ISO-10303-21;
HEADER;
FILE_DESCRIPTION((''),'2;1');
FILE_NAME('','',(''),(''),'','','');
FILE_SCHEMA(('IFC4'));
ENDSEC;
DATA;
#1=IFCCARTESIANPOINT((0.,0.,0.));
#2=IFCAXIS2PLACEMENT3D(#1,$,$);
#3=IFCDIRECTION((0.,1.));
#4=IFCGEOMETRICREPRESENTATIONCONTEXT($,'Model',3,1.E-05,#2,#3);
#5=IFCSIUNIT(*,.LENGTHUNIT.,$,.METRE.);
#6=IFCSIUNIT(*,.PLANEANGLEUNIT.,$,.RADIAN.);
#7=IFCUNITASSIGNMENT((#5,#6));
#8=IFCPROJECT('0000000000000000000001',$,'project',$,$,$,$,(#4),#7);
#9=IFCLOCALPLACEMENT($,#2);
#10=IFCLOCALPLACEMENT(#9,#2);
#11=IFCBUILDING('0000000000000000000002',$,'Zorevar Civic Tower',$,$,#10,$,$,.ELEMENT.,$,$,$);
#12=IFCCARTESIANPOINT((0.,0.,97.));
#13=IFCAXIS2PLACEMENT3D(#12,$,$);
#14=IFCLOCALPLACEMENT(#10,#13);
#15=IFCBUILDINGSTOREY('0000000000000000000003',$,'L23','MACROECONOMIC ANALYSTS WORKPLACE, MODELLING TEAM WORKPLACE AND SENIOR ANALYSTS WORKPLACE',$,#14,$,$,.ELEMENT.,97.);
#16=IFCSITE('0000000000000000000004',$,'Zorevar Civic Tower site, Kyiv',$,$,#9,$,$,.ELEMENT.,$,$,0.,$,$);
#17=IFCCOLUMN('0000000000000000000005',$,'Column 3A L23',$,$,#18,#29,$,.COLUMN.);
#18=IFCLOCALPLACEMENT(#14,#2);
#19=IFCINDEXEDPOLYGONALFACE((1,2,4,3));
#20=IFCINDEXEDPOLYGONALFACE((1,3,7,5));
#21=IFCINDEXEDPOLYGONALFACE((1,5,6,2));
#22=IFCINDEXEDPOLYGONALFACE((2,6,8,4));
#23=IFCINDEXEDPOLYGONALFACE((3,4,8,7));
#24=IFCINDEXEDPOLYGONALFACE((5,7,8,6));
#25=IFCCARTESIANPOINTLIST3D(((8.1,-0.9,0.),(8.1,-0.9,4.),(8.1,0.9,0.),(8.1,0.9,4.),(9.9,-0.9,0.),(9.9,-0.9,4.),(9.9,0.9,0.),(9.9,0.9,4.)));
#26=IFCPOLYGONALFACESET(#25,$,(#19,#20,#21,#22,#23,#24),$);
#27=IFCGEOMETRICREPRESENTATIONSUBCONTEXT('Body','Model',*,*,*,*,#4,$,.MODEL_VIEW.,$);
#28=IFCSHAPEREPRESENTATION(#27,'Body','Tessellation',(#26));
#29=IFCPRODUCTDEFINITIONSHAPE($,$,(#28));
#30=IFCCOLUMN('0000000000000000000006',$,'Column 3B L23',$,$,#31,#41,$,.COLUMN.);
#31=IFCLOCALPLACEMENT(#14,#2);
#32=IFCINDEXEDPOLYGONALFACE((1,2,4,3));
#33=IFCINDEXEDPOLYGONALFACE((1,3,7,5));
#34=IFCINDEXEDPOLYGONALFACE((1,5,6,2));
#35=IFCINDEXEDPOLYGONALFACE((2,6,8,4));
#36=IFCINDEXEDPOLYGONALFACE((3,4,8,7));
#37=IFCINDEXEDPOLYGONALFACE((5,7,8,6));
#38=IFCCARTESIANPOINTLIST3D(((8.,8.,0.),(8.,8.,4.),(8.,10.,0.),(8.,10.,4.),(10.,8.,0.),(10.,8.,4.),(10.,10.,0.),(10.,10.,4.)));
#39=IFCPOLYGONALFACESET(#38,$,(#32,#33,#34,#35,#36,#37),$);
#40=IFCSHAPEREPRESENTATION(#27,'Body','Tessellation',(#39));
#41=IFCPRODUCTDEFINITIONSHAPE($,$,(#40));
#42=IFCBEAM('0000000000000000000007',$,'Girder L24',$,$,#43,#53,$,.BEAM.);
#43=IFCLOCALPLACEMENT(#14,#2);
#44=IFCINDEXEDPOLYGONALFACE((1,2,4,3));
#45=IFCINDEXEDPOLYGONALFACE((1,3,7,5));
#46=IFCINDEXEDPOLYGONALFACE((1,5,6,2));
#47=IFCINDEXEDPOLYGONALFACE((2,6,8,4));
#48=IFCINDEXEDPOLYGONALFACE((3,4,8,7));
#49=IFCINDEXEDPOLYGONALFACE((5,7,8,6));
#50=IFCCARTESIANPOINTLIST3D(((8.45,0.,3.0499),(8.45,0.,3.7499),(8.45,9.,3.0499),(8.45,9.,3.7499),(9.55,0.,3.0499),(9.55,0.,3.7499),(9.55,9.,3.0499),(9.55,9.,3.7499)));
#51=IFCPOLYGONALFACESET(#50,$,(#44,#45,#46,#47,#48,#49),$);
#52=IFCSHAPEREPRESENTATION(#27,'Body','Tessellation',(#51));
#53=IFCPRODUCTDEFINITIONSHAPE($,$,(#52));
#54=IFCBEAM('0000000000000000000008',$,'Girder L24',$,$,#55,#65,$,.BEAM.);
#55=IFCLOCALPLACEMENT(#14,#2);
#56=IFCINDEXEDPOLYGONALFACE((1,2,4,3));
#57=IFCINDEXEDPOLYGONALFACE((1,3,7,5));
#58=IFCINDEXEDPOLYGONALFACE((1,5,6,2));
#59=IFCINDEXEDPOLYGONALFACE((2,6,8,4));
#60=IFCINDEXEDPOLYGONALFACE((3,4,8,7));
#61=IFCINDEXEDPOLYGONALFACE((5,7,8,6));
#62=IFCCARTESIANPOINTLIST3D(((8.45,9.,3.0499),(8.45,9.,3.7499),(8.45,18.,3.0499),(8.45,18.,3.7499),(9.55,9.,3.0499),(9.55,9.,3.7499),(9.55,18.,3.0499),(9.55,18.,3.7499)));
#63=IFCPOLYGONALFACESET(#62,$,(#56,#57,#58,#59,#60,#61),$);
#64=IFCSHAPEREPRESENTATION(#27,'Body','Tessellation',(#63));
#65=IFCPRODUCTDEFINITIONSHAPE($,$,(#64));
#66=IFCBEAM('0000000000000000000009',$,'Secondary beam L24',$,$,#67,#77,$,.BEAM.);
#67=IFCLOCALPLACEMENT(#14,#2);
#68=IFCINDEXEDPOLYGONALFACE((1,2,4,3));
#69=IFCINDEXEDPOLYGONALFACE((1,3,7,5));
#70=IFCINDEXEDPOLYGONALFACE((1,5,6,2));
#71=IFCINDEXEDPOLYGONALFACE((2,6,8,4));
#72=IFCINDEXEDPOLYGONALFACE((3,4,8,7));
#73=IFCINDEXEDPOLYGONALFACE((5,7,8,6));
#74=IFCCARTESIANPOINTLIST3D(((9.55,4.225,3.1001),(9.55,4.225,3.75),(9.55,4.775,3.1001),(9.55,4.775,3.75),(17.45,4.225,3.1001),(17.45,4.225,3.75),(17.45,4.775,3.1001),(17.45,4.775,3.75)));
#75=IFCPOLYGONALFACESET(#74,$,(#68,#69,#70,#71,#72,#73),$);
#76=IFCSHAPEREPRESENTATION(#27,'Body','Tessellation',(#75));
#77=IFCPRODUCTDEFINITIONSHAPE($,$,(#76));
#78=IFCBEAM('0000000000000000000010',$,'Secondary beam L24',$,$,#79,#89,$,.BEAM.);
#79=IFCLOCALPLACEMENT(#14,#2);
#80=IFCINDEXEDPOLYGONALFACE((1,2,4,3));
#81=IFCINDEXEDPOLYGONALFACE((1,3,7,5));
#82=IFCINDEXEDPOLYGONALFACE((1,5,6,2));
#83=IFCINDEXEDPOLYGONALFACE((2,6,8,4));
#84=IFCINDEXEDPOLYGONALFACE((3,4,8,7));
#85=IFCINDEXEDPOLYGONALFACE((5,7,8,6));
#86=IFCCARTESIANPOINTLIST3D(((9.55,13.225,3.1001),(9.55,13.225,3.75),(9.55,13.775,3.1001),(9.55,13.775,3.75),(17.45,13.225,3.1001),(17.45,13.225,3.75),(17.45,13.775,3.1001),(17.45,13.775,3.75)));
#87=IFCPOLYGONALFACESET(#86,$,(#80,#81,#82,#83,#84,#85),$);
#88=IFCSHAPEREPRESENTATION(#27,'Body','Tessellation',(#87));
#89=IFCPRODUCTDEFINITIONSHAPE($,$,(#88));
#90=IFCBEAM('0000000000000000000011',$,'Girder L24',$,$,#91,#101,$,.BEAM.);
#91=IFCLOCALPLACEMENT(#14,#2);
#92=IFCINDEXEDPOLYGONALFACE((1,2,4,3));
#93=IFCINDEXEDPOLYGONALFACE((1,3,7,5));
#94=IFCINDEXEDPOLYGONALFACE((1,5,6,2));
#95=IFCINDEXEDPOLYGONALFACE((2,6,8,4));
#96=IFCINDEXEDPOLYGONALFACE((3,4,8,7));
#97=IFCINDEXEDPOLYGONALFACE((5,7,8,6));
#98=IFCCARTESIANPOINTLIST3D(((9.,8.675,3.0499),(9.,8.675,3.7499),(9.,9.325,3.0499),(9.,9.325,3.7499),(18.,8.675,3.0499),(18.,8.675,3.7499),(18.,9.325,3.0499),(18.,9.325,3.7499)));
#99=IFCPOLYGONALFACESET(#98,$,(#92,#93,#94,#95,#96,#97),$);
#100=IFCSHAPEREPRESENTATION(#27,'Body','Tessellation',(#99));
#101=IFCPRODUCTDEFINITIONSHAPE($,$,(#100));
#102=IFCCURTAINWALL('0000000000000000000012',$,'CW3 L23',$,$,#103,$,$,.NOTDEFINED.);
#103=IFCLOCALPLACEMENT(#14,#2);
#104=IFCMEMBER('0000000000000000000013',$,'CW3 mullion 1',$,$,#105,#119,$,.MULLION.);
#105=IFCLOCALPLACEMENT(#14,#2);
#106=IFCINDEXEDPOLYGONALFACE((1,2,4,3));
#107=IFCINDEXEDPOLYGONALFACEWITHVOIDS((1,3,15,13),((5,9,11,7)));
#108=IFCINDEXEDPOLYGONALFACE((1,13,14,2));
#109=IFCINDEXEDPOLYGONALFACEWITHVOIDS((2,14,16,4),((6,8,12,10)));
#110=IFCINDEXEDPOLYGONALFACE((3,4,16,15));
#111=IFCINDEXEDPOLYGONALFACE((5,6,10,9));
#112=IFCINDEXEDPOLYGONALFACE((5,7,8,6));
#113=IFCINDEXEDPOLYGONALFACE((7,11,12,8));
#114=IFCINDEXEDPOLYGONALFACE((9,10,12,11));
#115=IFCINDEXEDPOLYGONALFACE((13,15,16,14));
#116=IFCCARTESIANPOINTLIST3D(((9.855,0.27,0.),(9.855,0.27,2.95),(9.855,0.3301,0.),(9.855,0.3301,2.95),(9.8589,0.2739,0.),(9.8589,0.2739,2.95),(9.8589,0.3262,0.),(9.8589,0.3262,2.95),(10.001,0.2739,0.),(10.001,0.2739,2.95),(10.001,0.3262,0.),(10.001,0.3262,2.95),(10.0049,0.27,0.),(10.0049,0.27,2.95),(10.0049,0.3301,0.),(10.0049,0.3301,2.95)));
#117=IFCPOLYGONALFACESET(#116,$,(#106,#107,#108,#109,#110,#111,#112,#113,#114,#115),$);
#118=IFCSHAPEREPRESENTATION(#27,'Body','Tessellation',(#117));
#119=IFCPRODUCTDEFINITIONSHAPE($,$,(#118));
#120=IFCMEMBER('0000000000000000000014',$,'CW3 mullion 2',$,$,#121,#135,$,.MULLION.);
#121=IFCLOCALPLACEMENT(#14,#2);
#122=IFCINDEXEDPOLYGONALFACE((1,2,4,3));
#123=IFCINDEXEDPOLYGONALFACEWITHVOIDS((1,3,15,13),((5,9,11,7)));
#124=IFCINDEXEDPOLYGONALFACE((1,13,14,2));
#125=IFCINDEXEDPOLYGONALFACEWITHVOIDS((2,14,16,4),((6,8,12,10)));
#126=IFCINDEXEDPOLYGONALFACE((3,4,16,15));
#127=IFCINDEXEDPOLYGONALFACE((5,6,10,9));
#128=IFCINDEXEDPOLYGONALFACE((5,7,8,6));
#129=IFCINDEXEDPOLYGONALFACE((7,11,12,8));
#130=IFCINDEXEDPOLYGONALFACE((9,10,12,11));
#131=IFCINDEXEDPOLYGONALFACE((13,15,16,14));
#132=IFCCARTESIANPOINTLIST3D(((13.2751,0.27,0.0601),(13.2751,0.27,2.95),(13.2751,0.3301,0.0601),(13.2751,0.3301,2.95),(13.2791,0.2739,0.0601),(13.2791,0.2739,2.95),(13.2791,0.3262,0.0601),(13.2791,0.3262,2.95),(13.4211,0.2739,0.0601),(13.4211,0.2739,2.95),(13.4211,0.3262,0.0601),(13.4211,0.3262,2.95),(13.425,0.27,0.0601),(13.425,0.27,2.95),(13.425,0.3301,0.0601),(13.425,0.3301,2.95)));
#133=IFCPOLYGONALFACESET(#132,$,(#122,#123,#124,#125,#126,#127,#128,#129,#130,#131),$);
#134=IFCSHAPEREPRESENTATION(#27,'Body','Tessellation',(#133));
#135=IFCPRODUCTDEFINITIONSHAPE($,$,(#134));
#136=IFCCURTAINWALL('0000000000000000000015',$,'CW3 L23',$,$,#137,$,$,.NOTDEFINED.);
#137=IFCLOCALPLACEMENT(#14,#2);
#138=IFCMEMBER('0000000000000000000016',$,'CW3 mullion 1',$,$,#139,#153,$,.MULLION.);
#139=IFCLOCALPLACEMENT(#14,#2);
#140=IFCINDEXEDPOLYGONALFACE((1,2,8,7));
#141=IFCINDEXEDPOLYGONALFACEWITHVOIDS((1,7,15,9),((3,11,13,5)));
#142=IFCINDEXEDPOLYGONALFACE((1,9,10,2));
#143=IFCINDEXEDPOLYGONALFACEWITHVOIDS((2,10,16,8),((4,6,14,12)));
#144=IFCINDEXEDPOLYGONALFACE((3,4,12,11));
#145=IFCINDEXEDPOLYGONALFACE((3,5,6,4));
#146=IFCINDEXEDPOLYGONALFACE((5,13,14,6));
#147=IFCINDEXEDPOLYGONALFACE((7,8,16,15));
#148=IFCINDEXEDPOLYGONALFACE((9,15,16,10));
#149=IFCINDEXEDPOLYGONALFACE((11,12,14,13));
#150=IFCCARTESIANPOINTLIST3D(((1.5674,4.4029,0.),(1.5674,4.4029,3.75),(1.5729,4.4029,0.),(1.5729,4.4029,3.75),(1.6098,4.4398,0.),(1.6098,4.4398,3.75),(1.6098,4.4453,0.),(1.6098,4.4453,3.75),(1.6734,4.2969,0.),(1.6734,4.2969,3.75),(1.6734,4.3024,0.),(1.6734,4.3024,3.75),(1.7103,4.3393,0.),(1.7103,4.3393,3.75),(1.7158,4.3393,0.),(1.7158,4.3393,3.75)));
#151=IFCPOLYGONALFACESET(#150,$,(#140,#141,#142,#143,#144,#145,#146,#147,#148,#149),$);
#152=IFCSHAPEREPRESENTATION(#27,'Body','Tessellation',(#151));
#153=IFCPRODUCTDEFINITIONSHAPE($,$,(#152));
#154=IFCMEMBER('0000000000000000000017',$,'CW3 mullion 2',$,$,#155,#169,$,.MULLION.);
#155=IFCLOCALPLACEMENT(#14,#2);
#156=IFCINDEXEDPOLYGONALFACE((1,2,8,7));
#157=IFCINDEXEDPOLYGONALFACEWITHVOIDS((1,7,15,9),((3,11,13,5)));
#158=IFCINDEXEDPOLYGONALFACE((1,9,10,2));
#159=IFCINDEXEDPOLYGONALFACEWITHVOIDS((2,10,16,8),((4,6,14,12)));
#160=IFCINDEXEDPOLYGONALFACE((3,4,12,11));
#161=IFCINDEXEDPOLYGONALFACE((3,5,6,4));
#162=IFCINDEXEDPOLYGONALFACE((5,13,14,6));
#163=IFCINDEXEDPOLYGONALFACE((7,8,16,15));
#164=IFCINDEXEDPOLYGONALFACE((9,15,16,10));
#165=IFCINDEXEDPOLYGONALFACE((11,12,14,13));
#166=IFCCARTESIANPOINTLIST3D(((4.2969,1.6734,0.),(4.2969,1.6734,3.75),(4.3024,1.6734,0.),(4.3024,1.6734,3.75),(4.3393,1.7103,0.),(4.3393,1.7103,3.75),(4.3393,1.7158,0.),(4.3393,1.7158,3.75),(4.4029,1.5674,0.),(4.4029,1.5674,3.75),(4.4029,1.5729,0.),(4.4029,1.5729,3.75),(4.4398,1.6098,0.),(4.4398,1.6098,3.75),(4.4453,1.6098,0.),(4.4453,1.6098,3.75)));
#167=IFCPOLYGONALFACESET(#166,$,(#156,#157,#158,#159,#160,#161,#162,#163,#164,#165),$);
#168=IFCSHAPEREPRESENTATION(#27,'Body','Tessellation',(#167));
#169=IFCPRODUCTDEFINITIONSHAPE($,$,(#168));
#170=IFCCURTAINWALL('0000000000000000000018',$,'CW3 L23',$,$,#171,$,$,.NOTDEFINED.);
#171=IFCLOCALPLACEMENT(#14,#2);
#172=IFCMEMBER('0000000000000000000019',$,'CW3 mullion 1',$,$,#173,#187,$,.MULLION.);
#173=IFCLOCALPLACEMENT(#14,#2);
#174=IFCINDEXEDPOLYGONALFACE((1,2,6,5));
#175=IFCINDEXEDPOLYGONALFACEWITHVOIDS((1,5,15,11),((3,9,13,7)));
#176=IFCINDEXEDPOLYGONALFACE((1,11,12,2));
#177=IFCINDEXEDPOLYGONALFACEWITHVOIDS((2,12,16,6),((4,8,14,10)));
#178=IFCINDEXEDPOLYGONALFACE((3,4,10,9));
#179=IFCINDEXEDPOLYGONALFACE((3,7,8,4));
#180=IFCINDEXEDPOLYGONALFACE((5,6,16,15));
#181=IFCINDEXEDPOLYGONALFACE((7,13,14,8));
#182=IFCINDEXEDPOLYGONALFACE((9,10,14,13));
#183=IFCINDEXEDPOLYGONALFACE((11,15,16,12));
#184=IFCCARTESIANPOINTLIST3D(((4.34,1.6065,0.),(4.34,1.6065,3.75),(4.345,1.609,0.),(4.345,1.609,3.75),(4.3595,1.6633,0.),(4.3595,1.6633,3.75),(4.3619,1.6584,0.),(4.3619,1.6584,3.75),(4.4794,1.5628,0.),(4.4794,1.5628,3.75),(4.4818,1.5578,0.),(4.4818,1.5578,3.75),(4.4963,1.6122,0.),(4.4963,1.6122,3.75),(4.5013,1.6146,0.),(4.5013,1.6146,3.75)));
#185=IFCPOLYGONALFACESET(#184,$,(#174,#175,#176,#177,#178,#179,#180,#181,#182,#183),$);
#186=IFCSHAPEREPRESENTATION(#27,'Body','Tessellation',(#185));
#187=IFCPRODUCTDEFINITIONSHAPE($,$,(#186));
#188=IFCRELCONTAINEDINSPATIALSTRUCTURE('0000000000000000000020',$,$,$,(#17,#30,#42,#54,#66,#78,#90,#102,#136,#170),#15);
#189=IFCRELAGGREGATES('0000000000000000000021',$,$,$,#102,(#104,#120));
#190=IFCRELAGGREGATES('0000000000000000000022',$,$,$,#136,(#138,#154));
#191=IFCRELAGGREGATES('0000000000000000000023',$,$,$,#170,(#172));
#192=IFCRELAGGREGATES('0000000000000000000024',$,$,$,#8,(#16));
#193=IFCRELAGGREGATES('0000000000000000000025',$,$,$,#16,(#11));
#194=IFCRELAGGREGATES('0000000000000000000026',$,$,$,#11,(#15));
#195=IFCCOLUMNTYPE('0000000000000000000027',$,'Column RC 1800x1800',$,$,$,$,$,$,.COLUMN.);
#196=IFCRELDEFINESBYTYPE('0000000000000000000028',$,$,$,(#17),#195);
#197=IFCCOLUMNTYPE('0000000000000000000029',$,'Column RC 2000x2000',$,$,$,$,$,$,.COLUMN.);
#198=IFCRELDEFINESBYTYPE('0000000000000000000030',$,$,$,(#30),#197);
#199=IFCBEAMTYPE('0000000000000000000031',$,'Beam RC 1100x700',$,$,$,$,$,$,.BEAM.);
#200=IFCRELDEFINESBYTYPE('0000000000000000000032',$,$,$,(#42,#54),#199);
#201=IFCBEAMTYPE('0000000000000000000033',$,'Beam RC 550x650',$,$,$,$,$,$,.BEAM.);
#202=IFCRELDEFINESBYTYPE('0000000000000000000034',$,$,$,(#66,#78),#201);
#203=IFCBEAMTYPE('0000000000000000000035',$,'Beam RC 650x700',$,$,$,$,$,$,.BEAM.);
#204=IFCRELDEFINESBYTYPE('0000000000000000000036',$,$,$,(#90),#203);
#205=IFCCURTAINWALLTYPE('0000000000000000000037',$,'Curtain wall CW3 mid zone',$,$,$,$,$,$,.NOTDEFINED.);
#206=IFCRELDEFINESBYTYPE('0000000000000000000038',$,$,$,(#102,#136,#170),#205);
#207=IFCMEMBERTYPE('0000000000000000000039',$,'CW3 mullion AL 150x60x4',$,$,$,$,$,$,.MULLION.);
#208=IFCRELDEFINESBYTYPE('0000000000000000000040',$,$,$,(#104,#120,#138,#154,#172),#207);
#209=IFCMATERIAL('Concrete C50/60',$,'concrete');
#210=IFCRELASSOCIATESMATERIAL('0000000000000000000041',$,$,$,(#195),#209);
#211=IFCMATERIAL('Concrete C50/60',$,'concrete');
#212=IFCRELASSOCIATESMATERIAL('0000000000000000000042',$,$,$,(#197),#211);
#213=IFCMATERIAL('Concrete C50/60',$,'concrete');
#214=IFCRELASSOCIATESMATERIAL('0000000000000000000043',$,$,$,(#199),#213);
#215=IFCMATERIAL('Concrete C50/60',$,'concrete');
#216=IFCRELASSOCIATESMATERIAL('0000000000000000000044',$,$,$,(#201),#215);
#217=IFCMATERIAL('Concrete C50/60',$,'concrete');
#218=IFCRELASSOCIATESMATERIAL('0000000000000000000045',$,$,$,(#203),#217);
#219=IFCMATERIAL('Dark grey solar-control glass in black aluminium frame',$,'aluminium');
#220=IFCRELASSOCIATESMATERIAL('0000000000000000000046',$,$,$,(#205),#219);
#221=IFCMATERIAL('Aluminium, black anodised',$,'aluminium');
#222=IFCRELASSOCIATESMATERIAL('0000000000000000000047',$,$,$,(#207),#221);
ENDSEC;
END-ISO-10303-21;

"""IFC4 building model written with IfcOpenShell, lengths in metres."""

from ifc_helpers import new_model, si_unit, direction, frame, origin, origin_2d, place, context, subcontext, project, spatial, rectangle, hollow_rectangle, extrude, material, material_profile, profile_set, type_object, element, aggregate, save


model = new_model("IFC4")

# Units and contexts
model_context = context("Model", 3, precision=1e-05, world=origin(), true_north=direction((0.0, 1.0)))
body_context = subcontext(model_context, "Body", "Model", "MODEL_VIEW")
ifc_project = project(units=[si_unit("LENGTHUNIT", "METRE"), si_unit("PLANEANGLEUNIT", "RADIAN")], contexts=[model_context])

# Site, building, storey
site_placement = place(None, origin())
site = spatial("IfcSite", under=ifc_project, at=site_placement, Name="Zorevar Civic Tower site, Kyiv", CompositionType="ELEMENT", RefElevation=0.0)
building_placement = place(site_placement, origin())
building = spatial("IfcBuilding", under=site, at=building_placement, Name="Zorevar Civic Tower", CompositionType="ELEMENT")
storey_placement = place(building_placement, frame((0.0, 0.0, 97.0)))
storey = spatial("IfcBuildingStorey", under=building, at=storey_placement, Name="L23", Description="MACROECONOMIC ANALYSTS WORKPLACE, MODELLING TEAM WORKPLACE AND SENIOR ANALYSTS WORKPLACE", CompositionType="ELEMENT", Elevation=97.0)

# Columns
ifc_material_1 = material(Name="Concrete C50/60", Category="concrete")
ifc_material_profile_1 = material_profile(ifc_material_1, rectangle(XDim=1.8, YDim=1.8, at=origin_2d()), Name="RC 1800x1800")
ifc_profile_set_1 = profile_set([ifc_material_profile_1], Name="Concrete C50/60")
column_type_1 = type_object("IfcColumnType", Name="Column RC 1800x1800", PredefinedType="COLUMN", material=ifc_profile_set_1)
column_1_placement = place(storey_placement, frame((9.0, 0.0, 0.0), z_axis=(0.0, 0.0, 1.0), x_axis=(1.0, 0.0, 0.0)))
element("IfcColumn", 1, at=column_1_placement, inside=storey, type_object=column_type_1, Name="Column 3A L23", PredefinedType="COLUMN", context=body_context, shape_type="SweptSolid", body=[
    extrude(rectangle(XDim=1.8, YDim=1.8, at=origin_2d()), origin(), (0.0, 0.0, 1.0), 4.0),
])
ifc_material_2 = material(Name="Concrete C50/60", Category="concrete")
ifc_material_profile_2 = material_profile(ifc_material_2, rectangle(XDim=2.0, YDim=2.0, at=origin_2d()), Name="RC 2000x2000")
ifc_profile_set_2 = profile_set([ifc_material_profile_2], Name="Concrete C50/60")
column_type_2 = type_object("IfcColumnType", Name="Column RC 2000x2000", PredefinedType="COLUMN", material=ifc_profile_set_2)
column_2_placement = place(storey_placement, frame((9.0, 9.0, 0.0), z_axis=(0.0, 0.0, 1.0), x_axis=(1.0, 0.0, 0.0)))
element("IfcColumn", 2, at=column_2_placement, inside=storey, type_object=column_type_2, Name="Column 3B L23", PredefinedType="COLUMN", context=body_context, shape_type="SweptSolid", body=[
    extrude(rectangle(XDim=2.0, YDim=2.0, at=origin_2d()), origin(), (0.0, 0.0, 1.0), 4.0),
])

# Beams
ifc_material_3 = material(Name="Concrete C50/60", Category="concrete")
ifc_material_profile_3 = material_profile(ifc_material_3, rectangle(XDim=1.1001, YDim=0.7, at=origin_2d()), Name="RC 1100x700")
ifc_profile_set_3 = profile_set([ifc_material_profile_3], Name="Concrete C50/60")
beam_type_1 = type_object("IfcBeamType", Name="Beam RC 1100x700", PredefinedType="BEAM", material=ifc_profile_set_3)
for number, where, z_axis, x_axis, name in (
    (3, (9.0, 0.0, 3.3999), (0.0, 1.0, 0.0), (-1.0, 0.0, 0.0), "Girder L24"),
    (4, (9.0, 9.0, 3.3999), (0.0, 1.0, 0.0), (-1.0, 0.0, 0.0), "Girder L24"),
):
    element("IfcBeam", number, at=place(storey_placement, frame(where, z_axis=z_axis, x_axis=x_axis)), inside=storey, type_object=beam_type_1, Name=name, PredefinedType="BEAM", context=body_context, shape_type="SweptSolid", body=[
        extrude(rectangle(XDim=1.1001, YDim=0.7, at=origin_2d()), origin(), (0.0, 0.0, 1.0), 9.0),
    ])
ifc_material_4 = material(Name="Concrete C50/60", Category="concrete")
ifc_material_profile_4 = material_profile(ifc_material_4, rectangle(XDim=0.55, YDim=0.6499, at=origin_2d()), Name="RC 550x650")
ifc_profile_set_4 = profile_set([ifc_material_profile_4], Name="Concrete C50/60")
beam_type_2 = type_object("IfcBeamType", Name="Beam RC 550x650", PredefinedType="BEAM", material=ifc_profile_set_4)
for number, where, z_axis, x_axis, name in (
    (5, (9.55, 4.5, 3.425), (1.0, 0.0, 0.0), (0.0, 1.0, 0.0), "Secondary beam L24"),
    (6, (9.55, 13.5, 3.425), (1.0, 0.0, 0.0), (0.0, 1.0, 0.0), "Secondary beam L24"),
):
    element("IfcBeam", number, at=place(storey_placement, frame(where, z_axis=z_axis, x_axis=x_axis)), inside=storey, type_object=beam_type_2, Name=name, PredefinedType="BEAM", context=body_context, shape_type="SweptSolid", body=[
        extrude(rectangle(XDim=0.55, YDim=0.6499, at=origin_2d()), origin(), (0.0, 0.0, 1.0), 7.8999),
    ])
ifc_material_5 = material(Name="Concrete C50/60", Category="concrete")
ifc_material_profile_5 = material_profile(ifc_material_5, rectangle(XDim=0.6499, YDim=0.7, at=origin_2d()), Name="RC 650x700")
ifc_profile_set_5 = profile_set([ifc_material_profile_5], Name="Concrete C50/60")
beam_type_3 = type_object("IfcBeamType", Name="Beam RC 650x700", PredefinedType="BEAM", material=ifc_profile_set_5)
beam_1_placement = place(storey_placement, frame((9.0, 9.0, 3.3999), z_axis=(1.0, 0.0, 0.0), x_axis=(0.0, 1.0, 0.0)))
element("IfcBeam", 7, at=beam_1_placement, inside=storey, type_object=beam_type_3, Name="Girder L24", PredefinedType="BEAM", context=body_context, shape_type="SweptSolid", body=[
    extrude(rectangle(XDim=0.6499, YDim=0.7, at=origin_2d()), origin(), (0.0, 0.0, 1.0), 9.0),
])

# Curtain walls, members
ifc_material_6 = material(Name="Dark grey solar-control glass in black aluminium frame", Category="aluminium")
curtain_wall_type = type_object("IfcCurtainWallType", Name="Curtain wall CW3 mid zone", PredefinedType="NOTDEFINED", material=ifc_material_6)
curtain_wall_1_placement = place(storey_placement, origin())
curtain_wall_1 = element("IfcCurtainWall", 8, at=curtain_wall_1_placement, inside=storey, type_object=curtain_wall_type, Name="CW3 L23", PredefinedType="NOTDEFINED")
ifc_material_7 = material(Name="Aluminium, black anodised", Category="aluminium")
ifc_material_profile_6 = material_profile(ifc_material_7, hollow_rectangle(XDim=0.0601, YDim=0.1499, WallThickness=0.0039, at=origin_2d()), Name="AL 150x60x4")
ifc_profile_set_6 = profile_set([ifc_material_profile_6], Name="Aluminium, black anodised")
member_type_1 = type_object("IfcMemberType", Name="CW3 mullion AL 150x60x4", PredefinedType="MULLION", material=ifc_profile_set_6)
member_1_placement = place(storey_placement, frame((9.9299, 0.3, 0.0), z_axis=(0.0, 0.0, 1.0), x_axis=(0.0, 1.0, 0.0)))
member_1 = element("IfcMember", 9, at=member_1_placement, type_object=member_type_1, Name="CW3 mullion 1", PredefinedType="MULLION", context=body_context, shape_type="SweptSolid", body=[
    extrude(hollow_rectangle(XDim=0.0601, YDim=0.1499, WallThickness=0.0039, at=origin_2d()), origin(), (0.0, 0.0, 1.0), 2.95),
])
member_2_placement = place(storey_placement, frame((13.3501, 0.3, 0.0601), z_axis=(0.0, 0.0, 1.0), x_axis=(0.0, 1.0, 0.0)))
member_2 = element("IfcMember", 10, at=member_2_placement, type_object=member_type_1, Name="CW3 mullion 2", PredefinedType="MULLION", context=body_context, shape_type="SweptSolid", body=[
    extrude(hollow_rectangle(XDim=0.0601, YDim=0.1499, WallThickness=0.0039, at=origin_2d()), origin(), (0.0, 0.0, 1.0), 2.8899),
])
curtain_wall_2_placement = place(storey_placement, origin())
curtain_wall_2 = element("IfcCurtainWall", 11, at=curtain_wall_2_placement, inside=storey, type_object=curtain_wall_type, Name="CW3 L23", PredefinedType="NOTDEFINED")
member_3_placement = place(storey_placement, frame((1.6416, 4.3711, 0.0), z_axis=(0.0, 0.0, 1.0), x_axis=(0.707107, 0.707107, 0.0)))
member_3 = element("IfcMember", 12, at=member_3_placement, type_object=member_type_1, Name="CW3 mullion 1", PredefinedType="MULLION", context=body_context, shape_type="SweptSolid", body=[
    extrude(hollow_rectangle(XDim=0.0601, YDim=0.1499, WallThickness=0.0039, at=origin_2d()), origin(), (0.0, 0.0, 1.0), 3.75),
])
member_4_placement = place(storey_placement, frame((4.3711, 1.6416, 0.0), z_axis=(0.0, 0.0, 1.0), x_axis=(0.707107, 0.707107, 0.0)))
member_4 = element("IfcMember", 13, at=member_4_placement, type_object=member_type_1, Name="CW3 mullion 2", PredefinedType="MULLION", context=body_context, shape_type="SweptSolid", body=[
    extrude(hollow_rectangle(XDim=0.0601, YDim=0.1499, WallThickness=0.0039, at=origin_2d()), origin(), (0.0, 0.0, 1.0), 3.75),
])
curtain_wall_3_placement = place(storey_placement, origin())
curtain_wall_3 = element("IfcCurtainWall", 14, at=curtain_wall_3_placement, inside=storey, type_object=curtain_wall_type, Name="CW3 L23", PredefinedType="NOTDEFINED")
member_5_placement = place(storey_placement, frame((4.4207, 1.6106, 0.0), z_axis=(0.0, 0.0, 1.0), x_axis=(0.324878, 0.945756, 0.0)))
member_5 = element("IfcMember", 15, at=member_5_placement, type_object=member_type_1, Name="CW3 mullion 1", PredefinedType="MULLION", context=body_context, shape_type="SweptSolid", body=[
    extrude(hollow_rectangle(XDim=0.0601, YDim=0.1499, WallThickness=0.0039, at=origin_2d()), origin(), (0.0, 0.0, 1.0), 3.75),
])

aggregate(curtain_wall_1, [member_1, member_2])
aggregate(curtain_wall_2, [member_3, member_4])
aggregate(curtain_wall_3, [member_5])

save(model, "model.ifc")
